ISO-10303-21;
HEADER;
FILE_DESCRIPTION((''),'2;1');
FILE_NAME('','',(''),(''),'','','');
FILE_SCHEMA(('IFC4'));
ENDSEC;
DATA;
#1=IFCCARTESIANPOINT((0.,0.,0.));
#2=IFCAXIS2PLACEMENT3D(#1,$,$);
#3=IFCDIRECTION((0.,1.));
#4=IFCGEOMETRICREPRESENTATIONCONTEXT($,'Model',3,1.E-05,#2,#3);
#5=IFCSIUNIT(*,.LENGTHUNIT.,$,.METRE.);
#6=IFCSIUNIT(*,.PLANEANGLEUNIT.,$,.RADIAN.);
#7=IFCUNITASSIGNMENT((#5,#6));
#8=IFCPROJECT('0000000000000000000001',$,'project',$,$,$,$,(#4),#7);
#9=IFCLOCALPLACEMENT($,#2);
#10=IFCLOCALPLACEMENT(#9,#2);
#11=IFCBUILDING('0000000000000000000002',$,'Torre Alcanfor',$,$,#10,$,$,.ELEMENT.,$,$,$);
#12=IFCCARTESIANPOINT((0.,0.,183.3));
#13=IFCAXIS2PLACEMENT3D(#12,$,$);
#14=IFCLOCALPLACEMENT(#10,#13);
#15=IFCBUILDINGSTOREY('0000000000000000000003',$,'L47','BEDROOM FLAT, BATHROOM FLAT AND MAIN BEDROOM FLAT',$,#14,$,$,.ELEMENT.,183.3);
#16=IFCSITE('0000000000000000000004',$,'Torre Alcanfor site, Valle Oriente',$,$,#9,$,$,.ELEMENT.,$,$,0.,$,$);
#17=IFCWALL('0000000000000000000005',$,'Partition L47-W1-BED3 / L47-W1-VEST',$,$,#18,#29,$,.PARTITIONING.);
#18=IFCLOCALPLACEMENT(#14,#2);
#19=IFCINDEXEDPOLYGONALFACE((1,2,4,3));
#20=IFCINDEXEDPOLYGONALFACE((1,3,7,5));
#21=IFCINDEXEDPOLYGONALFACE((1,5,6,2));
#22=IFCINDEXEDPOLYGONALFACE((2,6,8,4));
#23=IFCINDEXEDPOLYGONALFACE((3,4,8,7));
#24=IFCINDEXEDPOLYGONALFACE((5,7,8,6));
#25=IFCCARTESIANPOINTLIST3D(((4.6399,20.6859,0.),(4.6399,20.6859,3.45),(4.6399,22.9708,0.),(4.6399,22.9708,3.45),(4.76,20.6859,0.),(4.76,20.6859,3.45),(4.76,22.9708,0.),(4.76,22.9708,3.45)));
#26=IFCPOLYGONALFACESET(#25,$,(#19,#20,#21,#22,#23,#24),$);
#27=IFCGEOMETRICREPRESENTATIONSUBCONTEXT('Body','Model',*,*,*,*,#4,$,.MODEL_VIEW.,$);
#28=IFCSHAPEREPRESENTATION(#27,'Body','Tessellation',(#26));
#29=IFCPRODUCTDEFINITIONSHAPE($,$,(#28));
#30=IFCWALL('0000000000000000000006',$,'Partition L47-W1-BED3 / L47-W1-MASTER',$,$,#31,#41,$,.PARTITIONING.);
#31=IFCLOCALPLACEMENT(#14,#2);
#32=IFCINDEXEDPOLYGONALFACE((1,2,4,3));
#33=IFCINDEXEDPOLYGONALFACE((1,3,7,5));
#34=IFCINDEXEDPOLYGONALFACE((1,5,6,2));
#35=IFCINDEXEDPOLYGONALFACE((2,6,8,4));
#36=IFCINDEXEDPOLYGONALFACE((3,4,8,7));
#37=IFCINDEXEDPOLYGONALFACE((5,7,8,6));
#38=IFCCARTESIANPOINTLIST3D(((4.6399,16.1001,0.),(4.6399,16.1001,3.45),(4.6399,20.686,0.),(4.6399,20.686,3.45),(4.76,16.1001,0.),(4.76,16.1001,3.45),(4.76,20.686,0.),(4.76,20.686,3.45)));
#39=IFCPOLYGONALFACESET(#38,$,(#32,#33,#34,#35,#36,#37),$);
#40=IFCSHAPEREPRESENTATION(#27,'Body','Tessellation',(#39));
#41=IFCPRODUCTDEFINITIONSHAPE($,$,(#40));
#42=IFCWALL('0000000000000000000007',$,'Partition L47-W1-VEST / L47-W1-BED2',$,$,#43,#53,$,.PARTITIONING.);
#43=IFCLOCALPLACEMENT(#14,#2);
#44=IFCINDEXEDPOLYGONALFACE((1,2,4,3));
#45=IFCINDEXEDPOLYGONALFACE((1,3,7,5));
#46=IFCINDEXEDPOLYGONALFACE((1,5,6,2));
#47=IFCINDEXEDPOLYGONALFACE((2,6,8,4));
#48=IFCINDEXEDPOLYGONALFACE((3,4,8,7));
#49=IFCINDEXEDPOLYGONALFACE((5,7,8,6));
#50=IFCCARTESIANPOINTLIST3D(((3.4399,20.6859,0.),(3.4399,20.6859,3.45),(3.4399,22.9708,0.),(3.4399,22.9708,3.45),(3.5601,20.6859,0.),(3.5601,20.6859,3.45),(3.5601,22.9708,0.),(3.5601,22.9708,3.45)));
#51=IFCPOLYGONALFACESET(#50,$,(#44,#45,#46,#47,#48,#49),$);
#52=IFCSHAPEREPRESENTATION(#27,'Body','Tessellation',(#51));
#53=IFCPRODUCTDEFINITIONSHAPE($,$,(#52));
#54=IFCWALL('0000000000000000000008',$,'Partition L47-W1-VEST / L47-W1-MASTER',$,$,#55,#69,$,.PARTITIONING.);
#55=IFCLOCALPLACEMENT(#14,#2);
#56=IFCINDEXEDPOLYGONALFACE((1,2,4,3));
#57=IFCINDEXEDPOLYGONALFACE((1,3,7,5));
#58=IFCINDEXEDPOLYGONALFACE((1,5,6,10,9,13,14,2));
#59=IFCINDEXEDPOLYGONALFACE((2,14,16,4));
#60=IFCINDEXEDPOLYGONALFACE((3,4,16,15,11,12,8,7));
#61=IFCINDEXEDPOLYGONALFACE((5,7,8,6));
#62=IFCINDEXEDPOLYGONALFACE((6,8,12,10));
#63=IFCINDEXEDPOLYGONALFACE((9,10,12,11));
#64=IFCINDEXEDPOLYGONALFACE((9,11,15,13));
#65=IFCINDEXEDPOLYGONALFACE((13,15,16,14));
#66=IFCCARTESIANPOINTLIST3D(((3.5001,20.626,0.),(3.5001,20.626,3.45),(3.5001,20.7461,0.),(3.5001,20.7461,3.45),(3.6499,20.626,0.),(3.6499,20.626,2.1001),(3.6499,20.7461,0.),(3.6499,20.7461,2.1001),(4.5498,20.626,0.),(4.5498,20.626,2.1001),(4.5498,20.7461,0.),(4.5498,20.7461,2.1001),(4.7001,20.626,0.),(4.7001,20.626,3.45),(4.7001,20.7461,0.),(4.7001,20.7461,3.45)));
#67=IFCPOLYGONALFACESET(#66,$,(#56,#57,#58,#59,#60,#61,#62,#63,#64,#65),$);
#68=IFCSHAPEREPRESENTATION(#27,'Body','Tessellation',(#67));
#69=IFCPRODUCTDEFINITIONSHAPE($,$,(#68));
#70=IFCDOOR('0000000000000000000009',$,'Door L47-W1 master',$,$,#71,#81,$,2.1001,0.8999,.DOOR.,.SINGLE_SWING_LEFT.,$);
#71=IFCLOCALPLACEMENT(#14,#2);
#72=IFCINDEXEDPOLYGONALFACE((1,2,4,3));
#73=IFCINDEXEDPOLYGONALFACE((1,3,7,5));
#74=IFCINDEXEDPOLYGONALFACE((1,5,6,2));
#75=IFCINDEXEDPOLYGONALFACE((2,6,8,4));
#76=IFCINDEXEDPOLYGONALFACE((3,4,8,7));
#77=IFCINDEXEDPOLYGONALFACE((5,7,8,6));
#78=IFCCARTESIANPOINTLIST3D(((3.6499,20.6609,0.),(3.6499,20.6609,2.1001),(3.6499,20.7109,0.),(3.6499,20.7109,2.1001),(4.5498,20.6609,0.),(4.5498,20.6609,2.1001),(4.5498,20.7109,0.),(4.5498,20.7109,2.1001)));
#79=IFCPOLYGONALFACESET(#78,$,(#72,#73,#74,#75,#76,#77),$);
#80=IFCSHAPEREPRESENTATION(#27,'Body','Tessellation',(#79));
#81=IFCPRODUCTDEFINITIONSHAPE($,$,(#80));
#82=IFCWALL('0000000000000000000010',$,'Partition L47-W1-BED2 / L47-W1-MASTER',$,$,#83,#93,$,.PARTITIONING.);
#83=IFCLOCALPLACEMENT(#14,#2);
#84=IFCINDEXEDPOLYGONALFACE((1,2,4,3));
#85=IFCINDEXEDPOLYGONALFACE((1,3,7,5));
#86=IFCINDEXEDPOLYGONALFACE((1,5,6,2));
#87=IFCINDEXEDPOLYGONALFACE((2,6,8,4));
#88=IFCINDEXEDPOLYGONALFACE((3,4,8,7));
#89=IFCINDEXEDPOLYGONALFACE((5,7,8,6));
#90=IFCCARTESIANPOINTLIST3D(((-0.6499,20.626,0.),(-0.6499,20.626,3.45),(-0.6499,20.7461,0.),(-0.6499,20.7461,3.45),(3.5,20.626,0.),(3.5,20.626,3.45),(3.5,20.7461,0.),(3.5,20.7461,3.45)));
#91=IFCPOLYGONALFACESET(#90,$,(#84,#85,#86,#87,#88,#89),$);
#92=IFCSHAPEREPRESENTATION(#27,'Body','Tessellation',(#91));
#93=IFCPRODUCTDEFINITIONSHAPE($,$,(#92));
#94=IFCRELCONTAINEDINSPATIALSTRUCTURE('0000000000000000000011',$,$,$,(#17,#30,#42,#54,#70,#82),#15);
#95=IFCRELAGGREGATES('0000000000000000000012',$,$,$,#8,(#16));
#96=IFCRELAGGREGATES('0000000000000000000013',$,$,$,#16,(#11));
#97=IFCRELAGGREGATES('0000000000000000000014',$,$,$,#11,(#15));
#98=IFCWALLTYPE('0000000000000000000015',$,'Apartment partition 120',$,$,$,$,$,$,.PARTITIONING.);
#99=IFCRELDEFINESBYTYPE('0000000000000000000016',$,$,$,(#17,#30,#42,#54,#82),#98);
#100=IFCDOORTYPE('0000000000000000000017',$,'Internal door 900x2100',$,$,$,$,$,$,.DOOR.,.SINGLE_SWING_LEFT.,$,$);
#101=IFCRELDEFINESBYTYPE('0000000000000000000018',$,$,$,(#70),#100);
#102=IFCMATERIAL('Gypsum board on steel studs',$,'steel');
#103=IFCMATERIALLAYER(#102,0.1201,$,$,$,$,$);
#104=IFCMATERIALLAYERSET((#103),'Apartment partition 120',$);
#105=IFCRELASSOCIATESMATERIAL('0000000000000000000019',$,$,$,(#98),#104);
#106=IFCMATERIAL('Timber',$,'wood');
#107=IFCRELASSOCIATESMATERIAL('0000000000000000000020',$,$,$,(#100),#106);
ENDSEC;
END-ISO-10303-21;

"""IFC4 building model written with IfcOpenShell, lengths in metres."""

from ifc_helpers import new_model, si_unit, direction, frame, frame_2d, origin, place, context, subcontext, project, spatial, rectangle, extrude, material, layer, layer_set, type_object, element, fill, save


model = new_model("IFC4")

# Units and contexts
model_context = context("Model", 3, precision=1e-05, world=origin(), true_north=direction((0.0, 1.0)))
body_context = subcontext(model_context, "Body", "Model", "MODEL_VIEW")
ifc_project = project(units=[si_unit("LENGTHUNIT", "METRE"), si_unit("PLANEANGLEUNIT", "RADIAN")], contexts=[model_context])

# Site, building, storey
site_placement = place(None, origin())
site = spatial("IfcSite", under=ifc_project, at=site_placement, Name="Torre Alcanfor site, Valle Oriente", CompositionType="ELEMENT", RefElevation=0.0)
building_placement = place(site_placement, origin())
building = spatial("IfcBuilding", under=site, at=building_placement, Name="Torre Alcanfor", CompositionType="ELEMENT")
storey_placement = place(building_placement, frame((0.0, 0.0, 183.3)))
storey = spatial("IfcBuildingStorey", under=building, at=storey_placement, Name="L47", Description="BEDROOM FLAT, BATHROOM FLAT AND MAIN BEDROOM FLAT", CompositionType="ELEMENT", Elevation=183.3)

# Shared definitions
ifc_material_1 = material(Name="Gypsum board on steel studs", Category="steel")
ifc_layer_1 = layer(ifc_material_1, 0.1201)
ifc_layer_set_1 = layer_set([ifc_layer_1], Name="Apartment partition 120")
wall_type = type_object("IfcWallType", Name="Apartment partition 120", PredefinedType="PARTITIONING", material=ifc_layer_set_1)

# Shared definitions
ifc_material_2 = material(Name="Timber", Category="wood")
door_type = type_object("IfcDoorType", Name="Internal door 900x2100", OperationType="SINGLE_SWING_LEFT", PredefinedType="DOOR", material=ifc_material_2)

# Walls
wall_1_placement = place(storey_placement, frame((4.7, 22.9709, 0.0), z_axis=(0.0, 0.0, 1.0), x_axis=(0.0, -1.0, 0.0)))
element("IfcWall", 1, at=wall_1_placement, inside=storey, type_object=wall_type, Name="Partition L47-W1-BED3 / L47-W1-VEST", PredefinedType="PARTITIONING", context=body_context, shape_type="SweptSolid", body=[
    extrude(rectangle(XDim=2.2849, YDim=0.1201, at=frame_2d((1.1426, 0.0))), origin(), (0.0, 0.0, 1.0), 3.45),
])
wall_2_placement = place(storey_placement, frame((4.7, 20.686, 0.0), z_axis=(0.0, 0.0, 1.0), x_axis=(0.0, -1.0, 0.0)))
element("IfcWall", 2, at=wall_2_placement, inside=storey, type_object=wall_type, Name="Partition L47-W1-BED3 / L47-W1-MASTER", PredefinedType="PARTITIONING", context=body_context, shape_type="SweptSolid", body=[
    extrude(rectangle(XDim=4.5859, YDim=0.1201, at=frame_2d((2.293, 0.0))), origin(), (0.0, 0.0, 1.0), 3.45),
])
wall_3_placement = place(storey_placement, frame((3.5, 22.9709, 0.0), z_axis=(0.0, 0.0, 1.0), x_axis=(0.0, -1.0, 0.0)))
element("IfcWall", 3, at=wall_3_placement, inside=storey, type_object=wall_type, Name="Partition L47-W1-VEST / L47-W1-BED2", PredefinedType="PARTITIONING", context=body_context, shape_type="SweptSolid", body=[
    extrude(rectangle(XDim=2.2849, YDim=0.1201, at=frame_2d((1.1426, 0.0))), origin(), (0.0, 0.0, 1.0), 3.45),
])

# Wall, opening, door
wall_4_placement = place(storey_placement, frame((3.5, 20.686, 0.0), z_axis=(0.0, 0.0, 1.0), x_axis=(1.0, 0.0, 0.0)))
wall_4 = element("IfcWall", 4, at=wall_4_placement, inside=storey, type_object=wall_type, Name="Partition L47-W1-VEST / L47-W1-MASTER", PredefinedType="PARTITIONING", context=body_context, shape_type="SweptSolid", body=[
    extrude(rectangle(XDim=1.2, YDim=0.1201, at=frame_2d((0.6001, 0.0))), origin(), (0.0, 0.0, 1.0), 3.45),
])
opening_1_placement = place(wall_4_placement, frame((0.1499, 0.0, 0.0)))
opening_1 = element("IfcOpeningElement", 5, at=opening_1_placement, cuts=wall_4, PredefinedType="OPENING", context=body_context, shape_type="SweptSolid", body=[
    extrude(rectangle(XDim=0.8999, YDim=2.1001, at=frame_2d((0.45, 1.05))), frame((0.0, 0.0701, 0.0), z_axis=(0.0, -1.0, 0.0), x_axis=(1.0, 0.0, 0.0)), (0.0, 0.0, 1.0), 0.1401),
])
door_1_placement = place(opening_1_placement, origin())
door_1 = element("IfcDoor", 6, at=door_1_placement, inside=storey, type_object=door_type, Name="Door L47-W1 master", OperationType="SINGLE_SWING_LEFT", OverallHeight=2.1001, OverallWidth=0.8999, PredefinedType="DOOR", context=body_context, shape_type="SweptSolid", body=[
    extrude(rectangle(XDim=0.8999, YDim=2.1001, at=frame_2d((0.45, 1.05))), frame((0.0, 0.0249, 0.0), z_axis=(0.0, -1.0, 0.0), x_axis=(1.0, 0.0, 0.0)), (0.0, 0.0, 1.0), 0.05),
])
fill(opening_1, door_1)

# Wall
wall_5_placement = place(storey_placement, frame((-0.6499, 20.686, 0.0), z_axis=(0.0, 0.0, 1.0), x_axis=(1.0, 0.0, 0.0)))
element("IfcWall", 7, at=wall_5_placement, inside=storey, type_object=wall_type, Name="Partition L47-W1-BED2 / L47-W1-MASTER", PredefinedType="PARTITIONING", context=body_context, shape_type="SweptSolid", body=[
    extrude(rectangle(XDim=4.1499, YDim=0.1201, at=frame_2d((2.075, 0.0))), origin(), (0.0, 0.0, 1.0), 3.45),
])

save(model, "model.ifc")
